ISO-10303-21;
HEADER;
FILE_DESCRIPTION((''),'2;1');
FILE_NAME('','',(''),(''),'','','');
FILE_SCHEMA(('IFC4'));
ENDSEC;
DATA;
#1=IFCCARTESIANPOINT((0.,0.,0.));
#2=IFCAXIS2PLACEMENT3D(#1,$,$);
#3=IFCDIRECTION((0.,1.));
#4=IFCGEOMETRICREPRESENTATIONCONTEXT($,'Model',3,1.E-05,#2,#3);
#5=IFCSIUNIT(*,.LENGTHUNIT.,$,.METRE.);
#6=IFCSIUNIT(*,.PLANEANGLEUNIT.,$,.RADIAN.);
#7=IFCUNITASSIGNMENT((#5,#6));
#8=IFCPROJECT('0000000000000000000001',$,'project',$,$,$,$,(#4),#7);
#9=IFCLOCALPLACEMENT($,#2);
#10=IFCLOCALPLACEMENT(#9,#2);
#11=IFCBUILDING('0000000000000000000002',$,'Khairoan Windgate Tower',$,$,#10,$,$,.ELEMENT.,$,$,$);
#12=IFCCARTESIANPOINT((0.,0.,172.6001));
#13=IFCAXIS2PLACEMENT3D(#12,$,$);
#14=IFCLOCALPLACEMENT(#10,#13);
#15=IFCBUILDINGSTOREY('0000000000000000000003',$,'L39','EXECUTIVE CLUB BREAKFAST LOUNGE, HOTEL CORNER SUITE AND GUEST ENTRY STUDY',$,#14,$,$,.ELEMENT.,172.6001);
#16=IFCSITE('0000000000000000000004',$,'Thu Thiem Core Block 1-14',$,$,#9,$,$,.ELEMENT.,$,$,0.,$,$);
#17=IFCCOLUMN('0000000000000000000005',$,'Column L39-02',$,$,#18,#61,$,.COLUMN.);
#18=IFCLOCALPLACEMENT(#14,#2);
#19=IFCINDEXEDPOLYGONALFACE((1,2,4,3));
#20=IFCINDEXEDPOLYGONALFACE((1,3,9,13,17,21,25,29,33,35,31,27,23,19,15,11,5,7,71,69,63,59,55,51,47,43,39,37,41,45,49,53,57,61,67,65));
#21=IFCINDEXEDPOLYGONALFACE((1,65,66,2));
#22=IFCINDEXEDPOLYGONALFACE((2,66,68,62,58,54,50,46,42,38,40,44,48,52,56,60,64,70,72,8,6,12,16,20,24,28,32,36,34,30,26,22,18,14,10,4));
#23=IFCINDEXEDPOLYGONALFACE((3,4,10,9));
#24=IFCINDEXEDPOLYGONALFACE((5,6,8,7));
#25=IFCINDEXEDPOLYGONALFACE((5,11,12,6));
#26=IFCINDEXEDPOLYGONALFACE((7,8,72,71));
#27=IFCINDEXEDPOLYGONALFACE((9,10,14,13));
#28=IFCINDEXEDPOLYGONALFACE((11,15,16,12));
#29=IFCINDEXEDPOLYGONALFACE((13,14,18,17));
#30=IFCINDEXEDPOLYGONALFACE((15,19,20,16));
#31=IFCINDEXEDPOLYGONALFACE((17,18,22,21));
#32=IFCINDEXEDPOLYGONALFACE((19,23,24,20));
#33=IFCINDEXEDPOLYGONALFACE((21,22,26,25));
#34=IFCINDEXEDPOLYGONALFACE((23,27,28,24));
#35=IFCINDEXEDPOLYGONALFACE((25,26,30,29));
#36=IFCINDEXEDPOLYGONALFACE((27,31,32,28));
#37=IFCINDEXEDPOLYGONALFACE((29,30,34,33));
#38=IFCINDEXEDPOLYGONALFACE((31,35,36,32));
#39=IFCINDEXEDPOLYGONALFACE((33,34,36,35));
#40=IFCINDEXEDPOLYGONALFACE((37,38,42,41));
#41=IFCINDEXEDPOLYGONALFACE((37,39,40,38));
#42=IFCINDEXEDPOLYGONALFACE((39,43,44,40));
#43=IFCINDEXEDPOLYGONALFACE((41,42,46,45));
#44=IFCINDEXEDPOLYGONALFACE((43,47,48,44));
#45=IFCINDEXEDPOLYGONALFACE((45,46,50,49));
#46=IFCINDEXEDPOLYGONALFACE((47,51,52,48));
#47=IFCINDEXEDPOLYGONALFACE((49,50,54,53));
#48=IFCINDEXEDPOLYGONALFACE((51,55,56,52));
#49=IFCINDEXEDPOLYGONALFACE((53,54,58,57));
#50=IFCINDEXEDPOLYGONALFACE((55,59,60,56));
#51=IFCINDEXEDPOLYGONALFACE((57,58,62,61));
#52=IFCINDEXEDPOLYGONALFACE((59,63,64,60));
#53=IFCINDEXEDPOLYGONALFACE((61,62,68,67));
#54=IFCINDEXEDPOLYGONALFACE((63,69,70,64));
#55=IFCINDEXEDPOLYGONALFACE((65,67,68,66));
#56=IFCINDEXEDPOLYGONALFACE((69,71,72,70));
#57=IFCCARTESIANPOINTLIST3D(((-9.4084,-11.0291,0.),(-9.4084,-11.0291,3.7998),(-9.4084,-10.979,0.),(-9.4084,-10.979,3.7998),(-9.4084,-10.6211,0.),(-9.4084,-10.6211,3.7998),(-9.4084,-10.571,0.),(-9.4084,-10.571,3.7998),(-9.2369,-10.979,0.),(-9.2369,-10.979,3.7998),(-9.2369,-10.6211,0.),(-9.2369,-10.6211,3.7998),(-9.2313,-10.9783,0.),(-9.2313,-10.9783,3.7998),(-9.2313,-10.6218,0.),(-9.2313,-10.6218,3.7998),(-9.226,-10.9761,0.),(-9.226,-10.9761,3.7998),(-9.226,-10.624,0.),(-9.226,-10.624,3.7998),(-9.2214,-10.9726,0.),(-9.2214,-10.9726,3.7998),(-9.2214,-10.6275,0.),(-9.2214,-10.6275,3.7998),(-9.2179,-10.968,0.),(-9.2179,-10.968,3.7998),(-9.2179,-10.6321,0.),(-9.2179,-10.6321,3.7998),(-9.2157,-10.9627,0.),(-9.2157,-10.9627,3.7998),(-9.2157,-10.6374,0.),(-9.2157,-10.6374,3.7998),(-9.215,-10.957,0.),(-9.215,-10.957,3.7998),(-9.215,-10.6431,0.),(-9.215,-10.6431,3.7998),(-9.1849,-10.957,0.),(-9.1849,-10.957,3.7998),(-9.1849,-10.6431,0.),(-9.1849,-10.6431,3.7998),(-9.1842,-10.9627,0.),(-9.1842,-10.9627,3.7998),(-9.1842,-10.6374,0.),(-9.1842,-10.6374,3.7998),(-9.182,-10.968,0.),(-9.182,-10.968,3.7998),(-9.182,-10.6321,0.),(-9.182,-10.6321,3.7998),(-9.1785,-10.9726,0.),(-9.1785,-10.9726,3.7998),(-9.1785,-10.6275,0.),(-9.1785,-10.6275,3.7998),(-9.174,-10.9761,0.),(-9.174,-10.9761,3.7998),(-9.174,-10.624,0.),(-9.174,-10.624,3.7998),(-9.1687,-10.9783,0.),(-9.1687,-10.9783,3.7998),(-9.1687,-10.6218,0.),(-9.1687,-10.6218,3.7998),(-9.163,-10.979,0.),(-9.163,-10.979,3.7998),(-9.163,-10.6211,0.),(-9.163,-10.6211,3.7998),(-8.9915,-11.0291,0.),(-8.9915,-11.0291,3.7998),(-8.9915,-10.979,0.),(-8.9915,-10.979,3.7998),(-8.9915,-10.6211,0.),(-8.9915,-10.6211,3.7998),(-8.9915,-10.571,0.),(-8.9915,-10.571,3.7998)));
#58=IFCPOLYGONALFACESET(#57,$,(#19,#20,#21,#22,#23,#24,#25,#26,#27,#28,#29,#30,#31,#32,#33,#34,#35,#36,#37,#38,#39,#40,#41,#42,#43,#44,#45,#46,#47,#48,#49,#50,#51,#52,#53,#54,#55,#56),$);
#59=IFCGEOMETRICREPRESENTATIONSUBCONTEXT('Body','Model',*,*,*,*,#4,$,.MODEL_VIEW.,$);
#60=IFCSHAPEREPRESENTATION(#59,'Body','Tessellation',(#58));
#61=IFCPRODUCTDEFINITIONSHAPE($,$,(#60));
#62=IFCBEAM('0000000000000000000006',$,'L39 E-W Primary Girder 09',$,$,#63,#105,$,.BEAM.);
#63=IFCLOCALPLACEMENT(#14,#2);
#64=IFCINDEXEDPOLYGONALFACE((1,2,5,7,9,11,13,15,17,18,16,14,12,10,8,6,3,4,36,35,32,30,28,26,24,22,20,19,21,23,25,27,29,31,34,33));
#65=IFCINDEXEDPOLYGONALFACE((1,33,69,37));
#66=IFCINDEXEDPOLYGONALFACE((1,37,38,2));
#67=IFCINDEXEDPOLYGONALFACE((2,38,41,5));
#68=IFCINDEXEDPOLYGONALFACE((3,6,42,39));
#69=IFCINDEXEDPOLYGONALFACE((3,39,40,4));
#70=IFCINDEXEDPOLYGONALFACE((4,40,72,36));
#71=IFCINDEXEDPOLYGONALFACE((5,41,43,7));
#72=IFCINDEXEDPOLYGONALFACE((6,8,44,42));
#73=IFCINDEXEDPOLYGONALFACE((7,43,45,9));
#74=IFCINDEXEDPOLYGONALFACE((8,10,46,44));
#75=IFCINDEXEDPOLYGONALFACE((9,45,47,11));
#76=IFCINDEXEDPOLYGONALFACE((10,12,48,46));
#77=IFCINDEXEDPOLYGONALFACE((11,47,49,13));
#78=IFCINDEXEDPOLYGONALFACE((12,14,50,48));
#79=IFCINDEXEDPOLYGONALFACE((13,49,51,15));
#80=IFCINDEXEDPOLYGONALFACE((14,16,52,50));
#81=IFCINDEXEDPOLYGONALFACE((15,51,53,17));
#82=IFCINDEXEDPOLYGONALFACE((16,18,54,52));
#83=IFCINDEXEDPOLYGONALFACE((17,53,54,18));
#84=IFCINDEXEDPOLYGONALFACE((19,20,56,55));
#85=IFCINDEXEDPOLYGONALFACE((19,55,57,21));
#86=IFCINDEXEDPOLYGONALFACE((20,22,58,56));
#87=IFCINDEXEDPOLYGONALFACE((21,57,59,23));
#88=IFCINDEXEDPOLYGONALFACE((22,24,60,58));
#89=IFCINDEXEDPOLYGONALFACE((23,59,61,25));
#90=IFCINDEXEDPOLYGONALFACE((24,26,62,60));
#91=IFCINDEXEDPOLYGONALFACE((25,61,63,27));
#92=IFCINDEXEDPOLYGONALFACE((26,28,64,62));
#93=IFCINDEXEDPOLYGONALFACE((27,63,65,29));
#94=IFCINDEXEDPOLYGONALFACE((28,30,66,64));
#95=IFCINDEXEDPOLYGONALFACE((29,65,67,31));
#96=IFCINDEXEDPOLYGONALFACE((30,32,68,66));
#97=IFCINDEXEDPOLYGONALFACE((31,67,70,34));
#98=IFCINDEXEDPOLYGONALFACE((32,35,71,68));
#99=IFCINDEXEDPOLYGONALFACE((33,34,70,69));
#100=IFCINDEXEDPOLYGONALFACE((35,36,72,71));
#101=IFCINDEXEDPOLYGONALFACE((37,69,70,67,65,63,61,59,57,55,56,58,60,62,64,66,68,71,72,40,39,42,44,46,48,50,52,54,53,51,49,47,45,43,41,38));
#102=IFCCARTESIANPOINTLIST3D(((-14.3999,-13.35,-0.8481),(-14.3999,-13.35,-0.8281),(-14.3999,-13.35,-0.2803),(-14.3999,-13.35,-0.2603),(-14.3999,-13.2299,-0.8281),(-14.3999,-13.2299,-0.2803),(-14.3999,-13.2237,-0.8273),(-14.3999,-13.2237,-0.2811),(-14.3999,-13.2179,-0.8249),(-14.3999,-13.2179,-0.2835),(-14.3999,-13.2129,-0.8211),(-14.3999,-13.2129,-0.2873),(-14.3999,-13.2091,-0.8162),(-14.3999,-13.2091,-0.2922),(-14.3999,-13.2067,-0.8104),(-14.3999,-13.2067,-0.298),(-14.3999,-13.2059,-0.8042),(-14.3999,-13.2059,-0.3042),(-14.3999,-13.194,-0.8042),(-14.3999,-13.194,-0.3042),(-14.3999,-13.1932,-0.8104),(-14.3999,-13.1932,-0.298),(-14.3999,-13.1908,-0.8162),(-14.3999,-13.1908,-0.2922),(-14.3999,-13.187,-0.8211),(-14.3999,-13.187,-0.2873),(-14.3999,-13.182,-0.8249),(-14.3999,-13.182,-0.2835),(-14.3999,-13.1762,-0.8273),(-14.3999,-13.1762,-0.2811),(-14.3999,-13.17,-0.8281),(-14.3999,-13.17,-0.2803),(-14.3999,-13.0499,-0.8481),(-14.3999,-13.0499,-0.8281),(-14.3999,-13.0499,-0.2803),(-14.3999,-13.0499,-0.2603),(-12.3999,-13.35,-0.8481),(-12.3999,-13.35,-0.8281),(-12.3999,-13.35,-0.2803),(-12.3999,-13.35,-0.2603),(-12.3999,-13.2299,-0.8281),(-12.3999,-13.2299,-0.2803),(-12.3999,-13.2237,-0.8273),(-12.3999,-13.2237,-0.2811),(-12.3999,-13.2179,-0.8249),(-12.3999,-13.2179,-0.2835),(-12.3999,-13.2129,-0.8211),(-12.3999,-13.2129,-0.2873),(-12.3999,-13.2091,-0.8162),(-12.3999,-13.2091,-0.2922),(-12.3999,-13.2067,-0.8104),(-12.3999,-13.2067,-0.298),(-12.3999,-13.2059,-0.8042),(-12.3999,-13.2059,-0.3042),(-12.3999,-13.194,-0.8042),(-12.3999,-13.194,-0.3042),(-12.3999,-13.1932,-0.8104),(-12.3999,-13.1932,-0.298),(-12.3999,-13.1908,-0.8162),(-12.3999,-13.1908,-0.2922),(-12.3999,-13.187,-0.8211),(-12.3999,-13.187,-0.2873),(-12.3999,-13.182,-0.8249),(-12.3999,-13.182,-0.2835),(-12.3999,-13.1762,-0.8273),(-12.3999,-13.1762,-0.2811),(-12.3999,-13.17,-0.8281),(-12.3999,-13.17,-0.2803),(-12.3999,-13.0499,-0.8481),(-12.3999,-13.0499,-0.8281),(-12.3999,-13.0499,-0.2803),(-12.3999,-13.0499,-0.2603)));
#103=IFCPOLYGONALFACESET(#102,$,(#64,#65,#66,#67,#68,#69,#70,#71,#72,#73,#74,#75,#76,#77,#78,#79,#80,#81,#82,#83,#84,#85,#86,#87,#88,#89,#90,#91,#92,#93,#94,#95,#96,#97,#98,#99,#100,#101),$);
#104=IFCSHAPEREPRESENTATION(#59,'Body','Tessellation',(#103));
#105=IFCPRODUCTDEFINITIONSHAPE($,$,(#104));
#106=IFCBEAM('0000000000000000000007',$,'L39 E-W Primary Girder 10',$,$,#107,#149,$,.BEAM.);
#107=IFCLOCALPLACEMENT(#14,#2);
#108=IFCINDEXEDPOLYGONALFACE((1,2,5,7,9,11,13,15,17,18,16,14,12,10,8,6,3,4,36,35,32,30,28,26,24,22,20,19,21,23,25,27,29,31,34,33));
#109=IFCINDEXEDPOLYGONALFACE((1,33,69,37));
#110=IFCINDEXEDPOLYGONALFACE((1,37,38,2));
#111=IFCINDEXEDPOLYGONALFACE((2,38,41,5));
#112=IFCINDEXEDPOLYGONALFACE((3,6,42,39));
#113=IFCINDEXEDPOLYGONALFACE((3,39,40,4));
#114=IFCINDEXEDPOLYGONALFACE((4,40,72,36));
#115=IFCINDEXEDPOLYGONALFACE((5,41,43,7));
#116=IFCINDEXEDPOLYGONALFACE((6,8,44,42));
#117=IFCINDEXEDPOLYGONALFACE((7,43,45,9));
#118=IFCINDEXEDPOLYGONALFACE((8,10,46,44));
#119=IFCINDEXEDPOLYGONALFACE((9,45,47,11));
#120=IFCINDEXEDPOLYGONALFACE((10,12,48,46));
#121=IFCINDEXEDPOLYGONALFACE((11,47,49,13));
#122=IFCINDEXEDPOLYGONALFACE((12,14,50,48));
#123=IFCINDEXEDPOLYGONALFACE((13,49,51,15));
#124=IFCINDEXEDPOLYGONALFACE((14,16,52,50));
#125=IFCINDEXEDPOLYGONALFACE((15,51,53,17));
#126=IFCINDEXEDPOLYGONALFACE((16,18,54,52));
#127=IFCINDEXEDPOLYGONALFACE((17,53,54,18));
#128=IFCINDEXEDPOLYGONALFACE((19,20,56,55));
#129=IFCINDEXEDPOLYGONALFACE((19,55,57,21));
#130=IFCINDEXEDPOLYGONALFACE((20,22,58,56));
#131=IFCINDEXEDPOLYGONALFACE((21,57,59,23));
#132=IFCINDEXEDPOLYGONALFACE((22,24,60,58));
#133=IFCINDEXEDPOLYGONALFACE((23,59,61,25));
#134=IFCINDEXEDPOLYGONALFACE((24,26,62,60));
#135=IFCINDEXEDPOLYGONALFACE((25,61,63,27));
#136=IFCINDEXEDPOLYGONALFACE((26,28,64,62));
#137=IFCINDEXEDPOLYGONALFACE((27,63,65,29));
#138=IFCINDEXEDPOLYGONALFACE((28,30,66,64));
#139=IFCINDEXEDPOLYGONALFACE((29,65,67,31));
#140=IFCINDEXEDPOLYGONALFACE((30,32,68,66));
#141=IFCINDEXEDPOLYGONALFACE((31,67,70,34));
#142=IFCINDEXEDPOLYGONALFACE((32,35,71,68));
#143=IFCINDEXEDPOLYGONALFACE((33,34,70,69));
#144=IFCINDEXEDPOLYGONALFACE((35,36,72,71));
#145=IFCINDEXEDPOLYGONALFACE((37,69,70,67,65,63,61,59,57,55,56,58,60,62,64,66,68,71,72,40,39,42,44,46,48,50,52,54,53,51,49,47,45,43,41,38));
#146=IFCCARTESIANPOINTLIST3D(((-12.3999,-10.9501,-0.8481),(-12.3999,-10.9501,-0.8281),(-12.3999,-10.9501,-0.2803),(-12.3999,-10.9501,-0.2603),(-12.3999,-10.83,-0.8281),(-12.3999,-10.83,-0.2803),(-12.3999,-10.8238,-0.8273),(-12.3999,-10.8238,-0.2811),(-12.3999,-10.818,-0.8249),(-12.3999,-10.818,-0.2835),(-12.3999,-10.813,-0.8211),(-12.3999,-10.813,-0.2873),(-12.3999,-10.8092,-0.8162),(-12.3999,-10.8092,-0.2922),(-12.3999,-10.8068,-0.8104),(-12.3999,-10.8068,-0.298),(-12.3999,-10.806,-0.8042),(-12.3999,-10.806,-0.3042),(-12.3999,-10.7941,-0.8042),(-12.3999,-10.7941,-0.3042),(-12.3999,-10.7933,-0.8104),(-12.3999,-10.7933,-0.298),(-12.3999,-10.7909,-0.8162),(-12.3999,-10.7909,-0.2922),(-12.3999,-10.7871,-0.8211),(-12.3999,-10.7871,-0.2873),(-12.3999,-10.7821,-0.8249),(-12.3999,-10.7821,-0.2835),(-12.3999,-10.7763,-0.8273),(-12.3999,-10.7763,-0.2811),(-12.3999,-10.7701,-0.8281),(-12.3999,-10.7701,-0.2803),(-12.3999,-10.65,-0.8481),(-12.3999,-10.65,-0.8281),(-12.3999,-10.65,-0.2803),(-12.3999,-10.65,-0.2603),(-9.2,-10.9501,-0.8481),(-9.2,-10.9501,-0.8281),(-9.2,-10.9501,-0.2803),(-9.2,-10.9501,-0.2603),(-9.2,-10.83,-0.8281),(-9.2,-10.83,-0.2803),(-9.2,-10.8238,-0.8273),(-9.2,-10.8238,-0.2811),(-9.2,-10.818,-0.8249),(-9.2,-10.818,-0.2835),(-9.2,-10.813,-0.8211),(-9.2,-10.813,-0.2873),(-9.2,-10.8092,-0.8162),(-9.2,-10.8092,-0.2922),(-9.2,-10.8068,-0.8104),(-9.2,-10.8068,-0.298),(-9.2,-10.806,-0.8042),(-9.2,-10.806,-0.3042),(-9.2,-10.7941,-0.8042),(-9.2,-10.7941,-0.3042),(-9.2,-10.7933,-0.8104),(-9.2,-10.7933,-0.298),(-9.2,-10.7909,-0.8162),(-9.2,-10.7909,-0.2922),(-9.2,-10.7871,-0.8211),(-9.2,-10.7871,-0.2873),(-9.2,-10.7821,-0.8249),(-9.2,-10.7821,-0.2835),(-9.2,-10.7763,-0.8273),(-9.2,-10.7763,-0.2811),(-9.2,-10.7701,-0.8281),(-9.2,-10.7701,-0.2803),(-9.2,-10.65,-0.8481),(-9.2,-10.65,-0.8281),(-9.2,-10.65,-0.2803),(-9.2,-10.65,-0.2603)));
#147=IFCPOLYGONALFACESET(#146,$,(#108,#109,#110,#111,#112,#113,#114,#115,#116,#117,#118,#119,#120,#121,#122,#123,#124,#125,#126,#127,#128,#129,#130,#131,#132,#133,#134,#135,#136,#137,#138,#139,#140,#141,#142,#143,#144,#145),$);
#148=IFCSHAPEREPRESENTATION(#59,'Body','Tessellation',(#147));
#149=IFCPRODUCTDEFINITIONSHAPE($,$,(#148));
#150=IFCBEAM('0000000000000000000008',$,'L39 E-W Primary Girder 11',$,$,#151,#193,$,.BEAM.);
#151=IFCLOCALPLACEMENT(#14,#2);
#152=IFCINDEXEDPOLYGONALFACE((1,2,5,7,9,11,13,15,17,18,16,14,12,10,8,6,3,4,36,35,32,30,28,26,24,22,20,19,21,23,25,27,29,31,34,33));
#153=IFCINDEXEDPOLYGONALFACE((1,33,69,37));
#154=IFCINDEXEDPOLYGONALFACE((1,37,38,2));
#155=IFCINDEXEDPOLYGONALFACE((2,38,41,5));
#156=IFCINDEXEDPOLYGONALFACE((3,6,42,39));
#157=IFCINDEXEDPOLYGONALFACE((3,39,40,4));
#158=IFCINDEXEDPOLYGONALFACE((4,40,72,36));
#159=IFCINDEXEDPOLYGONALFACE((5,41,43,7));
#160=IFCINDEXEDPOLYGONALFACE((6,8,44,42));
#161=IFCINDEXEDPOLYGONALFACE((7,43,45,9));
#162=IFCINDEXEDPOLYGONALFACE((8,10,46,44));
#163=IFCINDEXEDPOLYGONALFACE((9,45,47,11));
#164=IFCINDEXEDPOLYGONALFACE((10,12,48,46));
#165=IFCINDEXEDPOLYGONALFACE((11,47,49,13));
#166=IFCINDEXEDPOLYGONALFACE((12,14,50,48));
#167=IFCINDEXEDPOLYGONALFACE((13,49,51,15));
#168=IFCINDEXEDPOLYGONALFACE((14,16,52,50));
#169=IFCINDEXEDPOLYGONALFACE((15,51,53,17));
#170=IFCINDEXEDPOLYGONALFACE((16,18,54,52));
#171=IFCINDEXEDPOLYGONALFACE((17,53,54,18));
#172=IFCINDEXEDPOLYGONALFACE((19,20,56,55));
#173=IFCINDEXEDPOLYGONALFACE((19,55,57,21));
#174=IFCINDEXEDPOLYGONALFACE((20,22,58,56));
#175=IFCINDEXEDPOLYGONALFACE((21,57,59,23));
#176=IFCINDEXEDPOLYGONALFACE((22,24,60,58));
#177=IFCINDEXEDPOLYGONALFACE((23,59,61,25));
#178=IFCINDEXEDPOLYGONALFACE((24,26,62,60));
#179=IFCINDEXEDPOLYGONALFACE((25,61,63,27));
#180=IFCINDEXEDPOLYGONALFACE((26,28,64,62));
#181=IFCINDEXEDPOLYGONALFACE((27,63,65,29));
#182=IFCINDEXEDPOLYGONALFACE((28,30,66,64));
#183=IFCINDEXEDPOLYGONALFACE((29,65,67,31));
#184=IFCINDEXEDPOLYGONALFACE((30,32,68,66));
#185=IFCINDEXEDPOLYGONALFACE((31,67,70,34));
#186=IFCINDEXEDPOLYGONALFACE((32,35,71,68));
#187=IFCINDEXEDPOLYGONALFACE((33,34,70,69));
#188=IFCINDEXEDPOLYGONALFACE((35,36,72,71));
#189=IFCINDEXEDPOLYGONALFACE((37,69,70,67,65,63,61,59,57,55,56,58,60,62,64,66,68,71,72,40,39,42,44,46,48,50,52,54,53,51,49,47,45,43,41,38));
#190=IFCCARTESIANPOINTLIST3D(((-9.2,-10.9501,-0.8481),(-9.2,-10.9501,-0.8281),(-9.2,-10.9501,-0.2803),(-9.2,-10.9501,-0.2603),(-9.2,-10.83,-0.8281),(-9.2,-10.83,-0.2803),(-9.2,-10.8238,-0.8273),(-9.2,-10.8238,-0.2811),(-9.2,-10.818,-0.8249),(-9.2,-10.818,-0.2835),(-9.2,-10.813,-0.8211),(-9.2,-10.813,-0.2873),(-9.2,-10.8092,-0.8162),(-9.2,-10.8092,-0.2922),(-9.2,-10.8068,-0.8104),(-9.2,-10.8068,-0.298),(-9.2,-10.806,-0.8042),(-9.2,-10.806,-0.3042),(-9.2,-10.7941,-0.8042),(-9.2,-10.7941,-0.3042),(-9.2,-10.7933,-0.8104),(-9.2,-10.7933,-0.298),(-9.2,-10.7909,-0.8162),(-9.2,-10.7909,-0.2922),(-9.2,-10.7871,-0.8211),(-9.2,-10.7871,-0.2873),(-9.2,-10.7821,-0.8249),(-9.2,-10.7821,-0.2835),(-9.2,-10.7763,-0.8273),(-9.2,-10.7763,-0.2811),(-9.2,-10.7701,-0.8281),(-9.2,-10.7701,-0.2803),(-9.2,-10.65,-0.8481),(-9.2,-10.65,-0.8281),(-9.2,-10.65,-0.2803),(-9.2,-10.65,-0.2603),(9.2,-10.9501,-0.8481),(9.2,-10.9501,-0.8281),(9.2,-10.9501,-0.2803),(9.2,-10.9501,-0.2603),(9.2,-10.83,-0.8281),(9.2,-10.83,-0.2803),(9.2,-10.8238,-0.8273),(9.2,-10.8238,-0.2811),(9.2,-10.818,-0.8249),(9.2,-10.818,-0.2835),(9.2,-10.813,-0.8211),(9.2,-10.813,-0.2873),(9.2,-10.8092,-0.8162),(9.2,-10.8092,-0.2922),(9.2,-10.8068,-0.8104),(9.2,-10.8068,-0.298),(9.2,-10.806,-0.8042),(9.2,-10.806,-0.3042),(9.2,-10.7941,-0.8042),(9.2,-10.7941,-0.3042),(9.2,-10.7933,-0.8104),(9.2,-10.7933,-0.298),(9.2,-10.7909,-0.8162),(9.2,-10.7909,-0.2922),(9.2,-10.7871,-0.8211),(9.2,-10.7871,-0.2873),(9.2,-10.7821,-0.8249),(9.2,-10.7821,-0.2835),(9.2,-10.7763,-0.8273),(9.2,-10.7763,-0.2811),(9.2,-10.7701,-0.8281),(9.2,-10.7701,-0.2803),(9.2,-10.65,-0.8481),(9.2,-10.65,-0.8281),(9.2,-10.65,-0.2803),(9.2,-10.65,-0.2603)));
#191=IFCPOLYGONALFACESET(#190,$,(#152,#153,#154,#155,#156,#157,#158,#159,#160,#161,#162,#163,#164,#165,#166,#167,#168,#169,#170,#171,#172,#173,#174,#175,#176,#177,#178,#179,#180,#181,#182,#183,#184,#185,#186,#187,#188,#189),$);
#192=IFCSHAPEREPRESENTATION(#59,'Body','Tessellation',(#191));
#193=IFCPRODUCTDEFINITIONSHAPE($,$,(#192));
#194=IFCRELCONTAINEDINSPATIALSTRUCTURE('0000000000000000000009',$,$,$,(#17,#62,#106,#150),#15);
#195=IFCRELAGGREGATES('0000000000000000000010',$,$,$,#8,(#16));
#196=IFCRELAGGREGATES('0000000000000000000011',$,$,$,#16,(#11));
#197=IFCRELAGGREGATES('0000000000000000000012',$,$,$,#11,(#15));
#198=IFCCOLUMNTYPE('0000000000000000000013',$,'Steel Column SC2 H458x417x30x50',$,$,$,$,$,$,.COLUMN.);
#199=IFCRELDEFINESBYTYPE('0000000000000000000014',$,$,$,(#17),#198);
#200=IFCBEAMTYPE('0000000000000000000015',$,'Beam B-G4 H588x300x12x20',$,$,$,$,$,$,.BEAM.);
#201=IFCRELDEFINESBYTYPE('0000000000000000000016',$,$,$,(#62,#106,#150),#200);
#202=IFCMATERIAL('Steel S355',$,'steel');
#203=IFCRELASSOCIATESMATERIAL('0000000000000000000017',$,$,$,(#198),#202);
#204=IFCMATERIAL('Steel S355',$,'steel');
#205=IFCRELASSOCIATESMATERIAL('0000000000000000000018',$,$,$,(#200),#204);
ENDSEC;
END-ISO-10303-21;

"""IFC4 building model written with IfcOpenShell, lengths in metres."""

from ifc_helpers import new_model, si_unit, direction, frame, origin, origin_2d, place, context, subcontext, project, spatial, i_section, extrude, material, material_profile, profile_set, type_object, element, save


model = new_model("IFC4")

# Units and contexts
model_context = context("Model", 3, precision=1e-05, world=origin(), true_north=direction((0.0, 1.0)))
body_context = subcontext(model_context, "Body", "Model", "MODEL_VIEW")
ifc_project = project(units=[si_unit("LENGTHUNIT", "METRE"), si_unit("PLANEANGLEUNIT", "RADIAN")], contexts=[model_context])

# Site, building, storey
site_placement = place(None, origin())
site = spatial("IfcSite", under=ifc_project, at=site_placement, Name="Thu Thiem Core Block 1-14", CompositionType="ELEMENT", RefElevation=0.0)
building_placement = place(site_placement, origin())
building = spatial("IfcBuilding", under=site, at=building_placement, Name="Khairoan Windgate Tower", CompositionType="ELEMENT")
storey_placement = place(building_placement, frame((0.0, 0.0, 172.6001)))
storey = spatial("IfcBuildingStorey", under=building, at=storey_placement, Name="L39", Description="EXECUTIVE CLUB BREAKFAST LOUNGE, HOTEL CORNER SUITE AND GUEST ENTRY STUDY", CompositionType="ELEMENT", Elevation=172.6001)

# Column
ifc_material_1 = material(Name="Steel S355", Category="steel")
ifc_material_profile_1 = material_profile(ifc_material_1, i_section(OverallWidth=0.417, OverallDepth=0.458, WebThickness=0.03, FlangeThickness=0.05, FilletRadius=0.022, at=origin_2d()))
ifc_profile_set_1 = profile_set([ifc_material_profile_1], Name="Steel S355")
column_type = type_object("IfcColumnType", Name="Steel Column SC2 H458x417x30x50", PredefinedType="COLUMN", material=ifc_profile_set_1)
column_placement = place(storey_placement, frame((-9.2, -10.8, 0.0), z_axis=(0.0, 0.0, 1.0), x_axis=(1.0, 0.0, 0.0)))
element("IfcColumn", 1, at=column_placement, inside=storey, type_object=column_type, Name="Column L39-02", PredefinedType="COLUMN", context=body_context, shape_type="SweptSolid", body=[
    extrude(i_section(OverallWidth=0.417, OverallDepth=0.458, WebThickness=0.03, FlangeThickness=0.05, FilletRadius=0.022, at=origin_2d()), origin(), (0.0, 0.0, 1.0), 3.7998),
])

# Beams
ifc_material_2 = material(Name="Steel S355", Category="steel")
ifc_material_profile_2 = material_profile(ifc_material_2, i_section(OverallWidth=0.3, OverallDepth=0.5879, WebThickness=0.012, FlangeThickness=0.02, FilletRadius=0.0239, at=origin_2d()))
ifc_profile_set_2 = profile_set([ifc_material_profile_2], Name="Steel S355")
beam_type_1 = type_object("IfcBeamType", Name="Beam B-G4 H588x300x12x20", PredefinedType="BEAM", material=ifc_profile_set_2)
beam_1_placement = place(storey_placement, frame((-14.3999, -13.2, -0.5542), z_axis=(1.0, 0.0, 0.0), x_axis=(0.0, 1.0, 0.0)))
element("IfcBeam", 2, at=beam_1_placement, inside=storey, type_object=beam_type_1, Name="L39 E-W Primary Girder 09", PredefinedType="BEAM", context=body_context, shape_type="SweptSolid", body=[
    extrude(i_section(OverallWidth=0.3, OverallDepth=0.5879, WebThickness=0.012, FlangeThickness=0.02, FilletRadius=0.0239, at=origin_2d()), origin(), (0.0, 0.0, 1.0), 2.0),
])
beam_2_placement = place(storey_placement, frame((-12.3999, -10.8, -0.5542), z_axis=(1.0, 0.0, 0.0), x_axis=(0.0, 1.0, 0.0)))
element("IfcBeam", 3, at=beam_2_placement, inside=storey, type_object=beam_type_1, Name="L39 E-W Primary Girder 10", PredefinedType="BEAM", context=body_context, shape_type="SweptSolid", body=[
    extrude(i_section(OverallWidth=0.3, OverallDepth=0.5879, WebThickness=0.012, FlangeThickness=0.02, FilletRadius=0.0239, at=origin_2d()), origin(), (0.0, 0.0, 1.0), 3.2),
])
beam_3_placement = place(storey_placement, frame((-9.2, -10.8, -0.5542), z_axis=(1.0, 0.0, 0.0), x_axis=(0.0, 1.0, 0.0)))
element("IfcBeam", 4, at=beam_3_placement, inside=storey, type_object=beam_type_1, Name="L39 E-W Primary Girder 11", PredefinedType="BEAM", context=body_context, shape_type="SweptSolid", body=[
    extrude(i_section(OverallWidth=0.3, OverallDepth=0.5879, WebThickness=0.012, FlangeThickness=0.02, FilletRadius=0.0239, at=origin_2d()), origin(), (0.0, 0.0, 1.0), 18.3999),
])

save(model, "model.ifc")
